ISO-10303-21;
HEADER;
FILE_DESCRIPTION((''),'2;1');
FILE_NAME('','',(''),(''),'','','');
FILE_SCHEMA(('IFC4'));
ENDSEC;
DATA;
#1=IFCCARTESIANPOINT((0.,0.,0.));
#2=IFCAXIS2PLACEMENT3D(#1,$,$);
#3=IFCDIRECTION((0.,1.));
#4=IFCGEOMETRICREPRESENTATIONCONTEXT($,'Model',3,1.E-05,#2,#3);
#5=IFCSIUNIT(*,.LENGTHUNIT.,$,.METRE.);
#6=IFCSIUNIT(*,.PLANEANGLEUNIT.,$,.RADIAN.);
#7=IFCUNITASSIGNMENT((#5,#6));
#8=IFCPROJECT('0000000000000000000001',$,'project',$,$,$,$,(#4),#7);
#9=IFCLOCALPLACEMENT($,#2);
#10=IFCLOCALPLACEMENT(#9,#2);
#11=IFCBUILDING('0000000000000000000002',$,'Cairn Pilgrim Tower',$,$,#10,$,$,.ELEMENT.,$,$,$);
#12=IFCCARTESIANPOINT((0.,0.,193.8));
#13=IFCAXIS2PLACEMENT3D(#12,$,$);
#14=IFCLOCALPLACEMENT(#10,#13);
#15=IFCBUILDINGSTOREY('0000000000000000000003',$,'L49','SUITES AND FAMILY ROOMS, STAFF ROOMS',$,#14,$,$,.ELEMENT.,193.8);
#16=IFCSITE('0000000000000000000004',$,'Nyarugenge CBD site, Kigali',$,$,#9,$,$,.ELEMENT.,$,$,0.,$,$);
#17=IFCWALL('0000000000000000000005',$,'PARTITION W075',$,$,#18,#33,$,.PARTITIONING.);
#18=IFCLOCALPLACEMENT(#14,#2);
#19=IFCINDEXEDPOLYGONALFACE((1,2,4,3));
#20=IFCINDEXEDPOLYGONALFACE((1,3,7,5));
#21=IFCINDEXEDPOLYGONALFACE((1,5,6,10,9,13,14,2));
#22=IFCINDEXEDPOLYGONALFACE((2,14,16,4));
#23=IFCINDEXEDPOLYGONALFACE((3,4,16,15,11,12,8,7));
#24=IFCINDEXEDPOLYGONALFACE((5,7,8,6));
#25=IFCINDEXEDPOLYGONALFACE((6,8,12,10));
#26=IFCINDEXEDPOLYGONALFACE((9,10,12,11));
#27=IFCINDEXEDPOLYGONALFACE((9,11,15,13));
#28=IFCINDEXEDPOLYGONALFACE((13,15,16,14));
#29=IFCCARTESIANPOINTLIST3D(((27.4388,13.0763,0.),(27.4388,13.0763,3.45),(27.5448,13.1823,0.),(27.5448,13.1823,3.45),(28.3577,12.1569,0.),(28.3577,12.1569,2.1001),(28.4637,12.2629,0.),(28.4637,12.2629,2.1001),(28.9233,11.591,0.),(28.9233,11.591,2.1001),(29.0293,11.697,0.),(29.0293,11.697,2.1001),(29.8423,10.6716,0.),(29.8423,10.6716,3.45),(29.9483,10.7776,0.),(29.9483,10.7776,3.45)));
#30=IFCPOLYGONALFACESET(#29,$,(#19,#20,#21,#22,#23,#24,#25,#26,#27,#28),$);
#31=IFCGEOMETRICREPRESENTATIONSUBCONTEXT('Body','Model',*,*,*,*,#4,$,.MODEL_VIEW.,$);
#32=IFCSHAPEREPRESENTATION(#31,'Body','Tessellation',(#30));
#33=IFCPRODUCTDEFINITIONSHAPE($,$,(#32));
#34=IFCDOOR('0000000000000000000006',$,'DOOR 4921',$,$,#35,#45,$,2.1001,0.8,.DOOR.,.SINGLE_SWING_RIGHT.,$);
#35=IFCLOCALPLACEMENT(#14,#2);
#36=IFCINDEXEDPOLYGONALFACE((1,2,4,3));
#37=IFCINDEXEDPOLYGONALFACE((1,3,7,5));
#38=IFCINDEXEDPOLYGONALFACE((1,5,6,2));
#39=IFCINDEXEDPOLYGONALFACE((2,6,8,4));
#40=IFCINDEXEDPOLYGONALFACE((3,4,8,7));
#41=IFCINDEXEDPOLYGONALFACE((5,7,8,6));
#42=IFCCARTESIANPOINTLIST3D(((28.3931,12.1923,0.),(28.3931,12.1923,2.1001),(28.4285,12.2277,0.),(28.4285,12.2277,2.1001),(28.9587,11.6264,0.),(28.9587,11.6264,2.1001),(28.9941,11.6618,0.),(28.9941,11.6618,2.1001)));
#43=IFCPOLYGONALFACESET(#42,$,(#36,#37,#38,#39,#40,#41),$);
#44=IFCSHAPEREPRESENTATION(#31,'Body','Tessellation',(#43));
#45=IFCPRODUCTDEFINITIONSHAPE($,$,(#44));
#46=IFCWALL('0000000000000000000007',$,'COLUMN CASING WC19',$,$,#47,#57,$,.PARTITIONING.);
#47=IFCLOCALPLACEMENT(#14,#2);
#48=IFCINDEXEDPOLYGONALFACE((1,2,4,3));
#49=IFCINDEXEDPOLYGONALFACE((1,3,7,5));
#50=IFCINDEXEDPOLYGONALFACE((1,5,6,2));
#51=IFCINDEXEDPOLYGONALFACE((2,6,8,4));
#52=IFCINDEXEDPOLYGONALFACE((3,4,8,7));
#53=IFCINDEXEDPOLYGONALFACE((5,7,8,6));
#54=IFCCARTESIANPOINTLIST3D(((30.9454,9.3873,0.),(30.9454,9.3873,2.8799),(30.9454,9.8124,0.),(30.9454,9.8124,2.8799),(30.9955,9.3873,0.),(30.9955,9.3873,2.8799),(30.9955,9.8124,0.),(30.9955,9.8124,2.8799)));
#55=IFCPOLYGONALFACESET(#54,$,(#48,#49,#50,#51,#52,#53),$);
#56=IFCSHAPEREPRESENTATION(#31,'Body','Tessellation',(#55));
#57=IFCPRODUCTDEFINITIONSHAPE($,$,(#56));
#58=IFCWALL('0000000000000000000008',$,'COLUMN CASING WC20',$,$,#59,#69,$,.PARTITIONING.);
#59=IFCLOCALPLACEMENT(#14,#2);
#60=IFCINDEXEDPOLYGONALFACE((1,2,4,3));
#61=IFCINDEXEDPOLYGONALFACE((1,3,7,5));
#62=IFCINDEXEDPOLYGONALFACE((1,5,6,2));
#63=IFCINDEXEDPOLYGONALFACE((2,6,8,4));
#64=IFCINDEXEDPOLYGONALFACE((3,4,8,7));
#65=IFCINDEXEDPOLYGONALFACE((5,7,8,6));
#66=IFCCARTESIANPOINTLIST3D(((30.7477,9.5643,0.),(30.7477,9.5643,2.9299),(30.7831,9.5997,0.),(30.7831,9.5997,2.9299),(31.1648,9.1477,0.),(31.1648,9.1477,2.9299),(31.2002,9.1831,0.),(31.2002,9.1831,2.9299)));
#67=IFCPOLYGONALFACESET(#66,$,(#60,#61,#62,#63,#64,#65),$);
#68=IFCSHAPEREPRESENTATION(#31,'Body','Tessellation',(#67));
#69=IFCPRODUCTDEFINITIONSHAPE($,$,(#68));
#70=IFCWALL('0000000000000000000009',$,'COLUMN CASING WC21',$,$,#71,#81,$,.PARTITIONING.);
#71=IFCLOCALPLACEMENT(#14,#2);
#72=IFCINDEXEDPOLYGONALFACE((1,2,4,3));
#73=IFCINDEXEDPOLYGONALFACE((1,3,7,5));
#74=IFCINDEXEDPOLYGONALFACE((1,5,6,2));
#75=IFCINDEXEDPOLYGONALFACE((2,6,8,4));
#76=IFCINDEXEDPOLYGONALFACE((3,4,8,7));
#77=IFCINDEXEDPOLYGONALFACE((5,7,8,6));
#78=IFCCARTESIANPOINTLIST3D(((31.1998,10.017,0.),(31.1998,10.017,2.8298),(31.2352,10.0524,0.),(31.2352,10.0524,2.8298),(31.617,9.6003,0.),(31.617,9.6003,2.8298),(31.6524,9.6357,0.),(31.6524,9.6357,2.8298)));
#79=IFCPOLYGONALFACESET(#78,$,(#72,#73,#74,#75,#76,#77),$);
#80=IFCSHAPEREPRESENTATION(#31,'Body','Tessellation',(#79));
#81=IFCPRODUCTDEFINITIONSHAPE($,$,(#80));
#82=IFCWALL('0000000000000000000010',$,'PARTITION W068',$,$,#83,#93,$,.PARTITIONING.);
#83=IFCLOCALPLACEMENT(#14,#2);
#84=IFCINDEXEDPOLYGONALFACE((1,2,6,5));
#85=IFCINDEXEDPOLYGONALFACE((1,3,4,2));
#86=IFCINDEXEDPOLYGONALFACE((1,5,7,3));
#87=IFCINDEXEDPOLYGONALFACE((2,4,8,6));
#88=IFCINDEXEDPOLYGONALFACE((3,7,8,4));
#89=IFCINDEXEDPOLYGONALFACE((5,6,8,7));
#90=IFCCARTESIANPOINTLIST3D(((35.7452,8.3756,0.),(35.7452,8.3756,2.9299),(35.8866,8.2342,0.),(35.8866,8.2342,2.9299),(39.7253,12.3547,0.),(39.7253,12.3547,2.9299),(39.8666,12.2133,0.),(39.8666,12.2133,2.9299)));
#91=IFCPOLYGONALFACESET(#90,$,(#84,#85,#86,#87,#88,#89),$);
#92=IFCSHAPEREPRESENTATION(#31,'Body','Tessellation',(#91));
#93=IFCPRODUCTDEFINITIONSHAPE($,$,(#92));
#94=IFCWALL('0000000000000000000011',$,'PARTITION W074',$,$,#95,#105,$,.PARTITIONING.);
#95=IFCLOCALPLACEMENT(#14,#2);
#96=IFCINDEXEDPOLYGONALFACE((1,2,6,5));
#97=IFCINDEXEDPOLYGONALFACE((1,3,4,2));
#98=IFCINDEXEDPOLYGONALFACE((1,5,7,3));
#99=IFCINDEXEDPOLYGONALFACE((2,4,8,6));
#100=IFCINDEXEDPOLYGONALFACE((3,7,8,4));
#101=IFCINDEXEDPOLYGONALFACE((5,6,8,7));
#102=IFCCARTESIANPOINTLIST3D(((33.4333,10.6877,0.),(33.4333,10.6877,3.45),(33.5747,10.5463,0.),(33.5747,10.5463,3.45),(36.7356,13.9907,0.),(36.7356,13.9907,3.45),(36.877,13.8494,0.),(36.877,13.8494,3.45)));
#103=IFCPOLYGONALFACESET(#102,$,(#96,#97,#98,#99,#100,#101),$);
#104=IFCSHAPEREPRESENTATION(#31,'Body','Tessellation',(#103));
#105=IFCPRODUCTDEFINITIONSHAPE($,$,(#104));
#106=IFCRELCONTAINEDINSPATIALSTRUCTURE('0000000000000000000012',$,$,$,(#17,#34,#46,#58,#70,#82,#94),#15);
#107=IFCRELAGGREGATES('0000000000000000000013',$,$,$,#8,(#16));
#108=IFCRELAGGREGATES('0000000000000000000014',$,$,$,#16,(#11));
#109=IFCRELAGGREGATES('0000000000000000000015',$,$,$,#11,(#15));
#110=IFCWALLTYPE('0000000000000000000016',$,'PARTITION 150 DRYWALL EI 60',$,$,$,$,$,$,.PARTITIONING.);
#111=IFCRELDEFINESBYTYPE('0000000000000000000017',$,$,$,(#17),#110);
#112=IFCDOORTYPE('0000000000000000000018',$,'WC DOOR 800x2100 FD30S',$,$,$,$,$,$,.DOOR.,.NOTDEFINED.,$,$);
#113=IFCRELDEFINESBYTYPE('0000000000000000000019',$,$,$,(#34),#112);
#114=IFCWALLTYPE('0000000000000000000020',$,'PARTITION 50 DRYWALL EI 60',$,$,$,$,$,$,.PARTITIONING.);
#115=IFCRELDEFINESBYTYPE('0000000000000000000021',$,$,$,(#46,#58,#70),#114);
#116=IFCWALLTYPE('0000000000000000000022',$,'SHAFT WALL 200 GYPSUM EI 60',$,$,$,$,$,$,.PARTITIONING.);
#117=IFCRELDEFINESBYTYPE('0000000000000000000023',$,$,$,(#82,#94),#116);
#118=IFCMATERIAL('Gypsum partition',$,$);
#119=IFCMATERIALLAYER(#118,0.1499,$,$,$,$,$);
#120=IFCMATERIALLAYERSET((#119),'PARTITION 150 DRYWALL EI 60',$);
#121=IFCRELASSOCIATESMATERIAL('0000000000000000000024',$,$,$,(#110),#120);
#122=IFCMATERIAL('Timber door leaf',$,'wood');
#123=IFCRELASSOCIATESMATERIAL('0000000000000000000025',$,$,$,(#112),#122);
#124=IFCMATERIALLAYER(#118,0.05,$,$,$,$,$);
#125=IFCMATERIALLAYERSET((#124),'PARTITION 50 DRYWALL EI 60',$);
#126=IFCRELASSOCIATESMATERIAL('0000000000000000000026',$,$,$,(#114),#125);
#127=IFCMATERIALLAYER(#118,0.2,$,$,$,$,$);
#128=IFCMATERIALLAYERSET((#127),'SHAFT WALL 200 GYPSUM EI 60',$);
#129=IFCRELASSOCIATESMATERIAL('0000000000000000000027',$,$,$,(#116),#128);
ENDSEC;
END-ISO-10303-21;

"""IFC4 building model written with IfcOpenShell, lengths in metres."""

from ifc_helpers import new_model, si_unit, direction, frame, frame_2d, origin, place, context, subcontext, project, spatial, rectangle, extrude, material, layer, layer_set, type_object, element, fill, save


model = new_model("IFC4")

# Units and contexts
model_context = context("Model", 3, precision=1e-05, world=origin(), true_north=direction((0.0, 1.0)))
body_context = subcontext(model_context, "Body", "Model", "MODEL_VIEW")
ifc_project = project(units=[si_unit("LENGTHUNIT", "METRE"), si_unit("PLANEANGLEUNIT", "RADIAN")], contexts=[model_context])

# Site, building, storey
site_placement = place(None, origin())
site = spatial("IfcSite", under=ifc_project, at=site_placement, Name="Nyarugenge CBD site, Kigali", CompositionType="ELEMENT", RefElevation=0.0)
building_placement = place(site_placement, origin())
building = spatial("IfcBuilding", under=site, at=building_placement, Name="Cairn Pilgrim Tower", CompositionType="ELEMENT")
storey_placement = place(building_placement, frame((0.0, 0.0, 193.8)))
storey = spatial("IfcBuildingStorey", under=building, at=storey_placement, Name="L49", Description="SUITES AND FAMILY ROOMS, STAFF ROOMS", CompositionType="ELEMENT", Elevation=193.8)

# Shared definitions
ifc_material_1 = material(Name="Gypsum partition")
ifc_material_2 = material(Name="Timber door leaf", Category="wood")

# Shared definitions
ifc_layer_1 = layer(ifc_material_1, 0.1499)
ifc_layer_set_1 = layer_set([ifc_layer_1], Name="PARTITION 150 DRYWALL EI 60")
wall_type_1 = type_object("IfcWallType", Name="PARTITION 150 DRYWALL EI 60", PredefinedType="PARTITIONING", material=ifc_layer_set_1)

# Wall, opening, door
wall_1_placement = place(storey_placement, frame((29.8953, 10.7246, 0.0), z_axis=(0.0, 0.0, 1.0), x_axis=(-0.706927, 0.707286, 0.0)))
wall_1 = element("IfcWall", 1, at=wall_1_placement, inside=storey, type_object=wall_type_1, Name="PARTITION W075", PredefinedType="PARTITIONING", context=body_context, shape_type="SweptSolid", body=[
    extrude(rectangle(XDim=3.3999, YDim=0.1499, at=frame_2d((1.7, 0.0))), origin(), (0.0, 0.0, 1.0), 3.45),
])
opening_1_placement = place(wall_1_placement, frame((1.3, 0.0, 0.0)))
opening_1 = element("IfcOpeningElement", 2, at=opening_1_placement, cuts=wall_1, PredefinedType="OPENING", context=body_context, shape_type="SweptSolid", body=[
    extrude(rectangle(XDim=0.8, YDim=2.1001, at=frame_2d((0.3999, 1.05))), frame((0.0, 0.085, 0.0), z_axis=(0.0, -1.0, 0.0), x_axis=(1.0, 0.0, 0.0)), (0.0, 0.0, 1.0), 0.1699),
])
door_type_1 = type_object("IfcDoorType", Name="WC DOOR 800x2100 FD30S", OperationType="NOTDEFINED", PredefinedType="DOOR", material=ifc_material_2)
door_1_placement = place(opening_1_placement, origin())
door_1 = element("IfcDoor", 3, at=door_1_placement, inside=storey, type_object=door_type_1, Name="DOOR 4921", OperationType="SINGLE_SWING_RIGHT", OverallHeight=2.1001, OverallWidth=0.8, PredefinedType="DOOR", context=body_context, shape_type="SweptSolid", body=[
    extrude(rectangle(XDim=0.8, YDim=2.1001, at=frame_2d((0.3999, 1.05))), frame((0.0, 0.0249, 0.0), z_axis=(0.0, -1.0, 0.0), x_axis=(1.0, 0.0, 0.0)), (0.0, 0.0, 1.0), 0.05),
])
fill(opening_1, door_1)

# Walls
ifc_layer_2 = layer(ifc_material_1, 0.05)
ifc_layer_set_2 = layer_set([ifc_layer_2], Name="PARTITION 50 DRYWALL EI 60")
wall_type_2 = type_object("IfcWallType", Name="PARTITION 50 DRYWALL EI 60", PredefinedType="PARTITIONING", material=ifc_layer_set_2)
wall_2_placement = place(storey_placement, frame((30.9705, 9.3875, 0.0), z_axis=(0.0, 0.0, 1.0), x_axis=(0.0, 1.0, 0.0)))
element("IfcWall", 4, at=wall_2_placement, inside=storey, type_object=wall_type_2, Name="COLUMN CASING WC19", PredefinedType="PARTITIONING", context=body_context, shape_type="SweptSolid", body=[
    extrude(rectangle(XDim=0.425, YDim=0.05, at=frame_2d((0.2124, 0.0))), origin(), (0.0, 0.0, 1.0), 2.8799),
])
wall_3_placement = place(storey_placement, frame((31.1826, 9.1653, 0.0), z_axis=(0.0, 0.0, 1.0), x_axis=(-0.707521, 0.706693, 0.0)))
element("IfcWall", 5, at=wall_3_placement, inside=storey, type_object=wall_type_2, Name="COLUMN CASING WC20", PredefinedType="PARTITIONING", context=body_context, shape_type="SweptSolid", body=[
    extrude(rectangle(XDim=0.5896, YDim=0.05, at=frame_2d((0.2949, 0.0))), origin(), (0.0, 0.0, 1.0), 2.9299),
])
wall_4_placement = place(storey_placement, frame((31.6348, 9.6179, 0.0), z_axis=(0.0, 0.0, 1.0), x_axis=(-0.707521, 0.706693, 0.0)))
element("IfcWall", 6, at=wall_4_placement, inside=storey, type_object=wall_type_2, Name="COLUMN CASING WC21", PredefinedType="PARTITIONING", context=body_context, shape_type="SweptSolid", body=[
    extrude(rectangle(XDim=0.5896, YDim=0.05, at=frame_2d((0.2949, 0.0))), origin(), (0.0, 0.0, 1.0), 2.8298),
])
ifc_layer_3 = layer(ifc_material_1, 0.2)
ifc_layer_set_3 = layer_set([ifc_layer_3], Name="SHAFT WALL 200 GYPSUM EI 60")
wall_type_3 = type_object("IfcWallType", Name="SHAFT WALL 200 GYPSUM EI 60", PredefinedType="PARTITIONING", material=ifc_layer_set_3)
wall_5_placement = place(storey_placement, frame((35.8159, 8.3049, 0.0), z_axis=(0.0, 0.0, 1.0), x_axis=(0.707194, 0.70702, 0.0)))
element("IfcWall", 7, at=wall_5_placement, inside=storey, type_object=wall_type_3, Name="PARTITION W068", PredefinedType="PARTITIONING", context=body_context, shape_type="SweptSolid", body=[
    extrude(rectangle(XDim=5.6279, YDim=0.2, at=frame_2d((2.814, 0.0))), origin(), (0.0, 0.0, 1.0), 2.9299),
])
wall_6_placement = place(storey_placement, frame((33.5039, 10.6169, 0.0), z_axis=(0.0, 0.0, 1.0), x_axis=(0.707028, 0.707185, 0.0)))
element("IfcWall", 8, at=wall_6_placement, inside=storey, type_object=wall_type_3, Name="PARTITION W074", PredefinedType="PARTITIONING", context=body_context, shape_type="SweptSolid", body=[
    extrude(rectangle(XDim=4.6707, YDim=0.2, at=frame_2d((2.3354, 0.0))), origin(), (0.0, 0.0, 1.0), 3.45),
])

save(model, "model.ifc")
